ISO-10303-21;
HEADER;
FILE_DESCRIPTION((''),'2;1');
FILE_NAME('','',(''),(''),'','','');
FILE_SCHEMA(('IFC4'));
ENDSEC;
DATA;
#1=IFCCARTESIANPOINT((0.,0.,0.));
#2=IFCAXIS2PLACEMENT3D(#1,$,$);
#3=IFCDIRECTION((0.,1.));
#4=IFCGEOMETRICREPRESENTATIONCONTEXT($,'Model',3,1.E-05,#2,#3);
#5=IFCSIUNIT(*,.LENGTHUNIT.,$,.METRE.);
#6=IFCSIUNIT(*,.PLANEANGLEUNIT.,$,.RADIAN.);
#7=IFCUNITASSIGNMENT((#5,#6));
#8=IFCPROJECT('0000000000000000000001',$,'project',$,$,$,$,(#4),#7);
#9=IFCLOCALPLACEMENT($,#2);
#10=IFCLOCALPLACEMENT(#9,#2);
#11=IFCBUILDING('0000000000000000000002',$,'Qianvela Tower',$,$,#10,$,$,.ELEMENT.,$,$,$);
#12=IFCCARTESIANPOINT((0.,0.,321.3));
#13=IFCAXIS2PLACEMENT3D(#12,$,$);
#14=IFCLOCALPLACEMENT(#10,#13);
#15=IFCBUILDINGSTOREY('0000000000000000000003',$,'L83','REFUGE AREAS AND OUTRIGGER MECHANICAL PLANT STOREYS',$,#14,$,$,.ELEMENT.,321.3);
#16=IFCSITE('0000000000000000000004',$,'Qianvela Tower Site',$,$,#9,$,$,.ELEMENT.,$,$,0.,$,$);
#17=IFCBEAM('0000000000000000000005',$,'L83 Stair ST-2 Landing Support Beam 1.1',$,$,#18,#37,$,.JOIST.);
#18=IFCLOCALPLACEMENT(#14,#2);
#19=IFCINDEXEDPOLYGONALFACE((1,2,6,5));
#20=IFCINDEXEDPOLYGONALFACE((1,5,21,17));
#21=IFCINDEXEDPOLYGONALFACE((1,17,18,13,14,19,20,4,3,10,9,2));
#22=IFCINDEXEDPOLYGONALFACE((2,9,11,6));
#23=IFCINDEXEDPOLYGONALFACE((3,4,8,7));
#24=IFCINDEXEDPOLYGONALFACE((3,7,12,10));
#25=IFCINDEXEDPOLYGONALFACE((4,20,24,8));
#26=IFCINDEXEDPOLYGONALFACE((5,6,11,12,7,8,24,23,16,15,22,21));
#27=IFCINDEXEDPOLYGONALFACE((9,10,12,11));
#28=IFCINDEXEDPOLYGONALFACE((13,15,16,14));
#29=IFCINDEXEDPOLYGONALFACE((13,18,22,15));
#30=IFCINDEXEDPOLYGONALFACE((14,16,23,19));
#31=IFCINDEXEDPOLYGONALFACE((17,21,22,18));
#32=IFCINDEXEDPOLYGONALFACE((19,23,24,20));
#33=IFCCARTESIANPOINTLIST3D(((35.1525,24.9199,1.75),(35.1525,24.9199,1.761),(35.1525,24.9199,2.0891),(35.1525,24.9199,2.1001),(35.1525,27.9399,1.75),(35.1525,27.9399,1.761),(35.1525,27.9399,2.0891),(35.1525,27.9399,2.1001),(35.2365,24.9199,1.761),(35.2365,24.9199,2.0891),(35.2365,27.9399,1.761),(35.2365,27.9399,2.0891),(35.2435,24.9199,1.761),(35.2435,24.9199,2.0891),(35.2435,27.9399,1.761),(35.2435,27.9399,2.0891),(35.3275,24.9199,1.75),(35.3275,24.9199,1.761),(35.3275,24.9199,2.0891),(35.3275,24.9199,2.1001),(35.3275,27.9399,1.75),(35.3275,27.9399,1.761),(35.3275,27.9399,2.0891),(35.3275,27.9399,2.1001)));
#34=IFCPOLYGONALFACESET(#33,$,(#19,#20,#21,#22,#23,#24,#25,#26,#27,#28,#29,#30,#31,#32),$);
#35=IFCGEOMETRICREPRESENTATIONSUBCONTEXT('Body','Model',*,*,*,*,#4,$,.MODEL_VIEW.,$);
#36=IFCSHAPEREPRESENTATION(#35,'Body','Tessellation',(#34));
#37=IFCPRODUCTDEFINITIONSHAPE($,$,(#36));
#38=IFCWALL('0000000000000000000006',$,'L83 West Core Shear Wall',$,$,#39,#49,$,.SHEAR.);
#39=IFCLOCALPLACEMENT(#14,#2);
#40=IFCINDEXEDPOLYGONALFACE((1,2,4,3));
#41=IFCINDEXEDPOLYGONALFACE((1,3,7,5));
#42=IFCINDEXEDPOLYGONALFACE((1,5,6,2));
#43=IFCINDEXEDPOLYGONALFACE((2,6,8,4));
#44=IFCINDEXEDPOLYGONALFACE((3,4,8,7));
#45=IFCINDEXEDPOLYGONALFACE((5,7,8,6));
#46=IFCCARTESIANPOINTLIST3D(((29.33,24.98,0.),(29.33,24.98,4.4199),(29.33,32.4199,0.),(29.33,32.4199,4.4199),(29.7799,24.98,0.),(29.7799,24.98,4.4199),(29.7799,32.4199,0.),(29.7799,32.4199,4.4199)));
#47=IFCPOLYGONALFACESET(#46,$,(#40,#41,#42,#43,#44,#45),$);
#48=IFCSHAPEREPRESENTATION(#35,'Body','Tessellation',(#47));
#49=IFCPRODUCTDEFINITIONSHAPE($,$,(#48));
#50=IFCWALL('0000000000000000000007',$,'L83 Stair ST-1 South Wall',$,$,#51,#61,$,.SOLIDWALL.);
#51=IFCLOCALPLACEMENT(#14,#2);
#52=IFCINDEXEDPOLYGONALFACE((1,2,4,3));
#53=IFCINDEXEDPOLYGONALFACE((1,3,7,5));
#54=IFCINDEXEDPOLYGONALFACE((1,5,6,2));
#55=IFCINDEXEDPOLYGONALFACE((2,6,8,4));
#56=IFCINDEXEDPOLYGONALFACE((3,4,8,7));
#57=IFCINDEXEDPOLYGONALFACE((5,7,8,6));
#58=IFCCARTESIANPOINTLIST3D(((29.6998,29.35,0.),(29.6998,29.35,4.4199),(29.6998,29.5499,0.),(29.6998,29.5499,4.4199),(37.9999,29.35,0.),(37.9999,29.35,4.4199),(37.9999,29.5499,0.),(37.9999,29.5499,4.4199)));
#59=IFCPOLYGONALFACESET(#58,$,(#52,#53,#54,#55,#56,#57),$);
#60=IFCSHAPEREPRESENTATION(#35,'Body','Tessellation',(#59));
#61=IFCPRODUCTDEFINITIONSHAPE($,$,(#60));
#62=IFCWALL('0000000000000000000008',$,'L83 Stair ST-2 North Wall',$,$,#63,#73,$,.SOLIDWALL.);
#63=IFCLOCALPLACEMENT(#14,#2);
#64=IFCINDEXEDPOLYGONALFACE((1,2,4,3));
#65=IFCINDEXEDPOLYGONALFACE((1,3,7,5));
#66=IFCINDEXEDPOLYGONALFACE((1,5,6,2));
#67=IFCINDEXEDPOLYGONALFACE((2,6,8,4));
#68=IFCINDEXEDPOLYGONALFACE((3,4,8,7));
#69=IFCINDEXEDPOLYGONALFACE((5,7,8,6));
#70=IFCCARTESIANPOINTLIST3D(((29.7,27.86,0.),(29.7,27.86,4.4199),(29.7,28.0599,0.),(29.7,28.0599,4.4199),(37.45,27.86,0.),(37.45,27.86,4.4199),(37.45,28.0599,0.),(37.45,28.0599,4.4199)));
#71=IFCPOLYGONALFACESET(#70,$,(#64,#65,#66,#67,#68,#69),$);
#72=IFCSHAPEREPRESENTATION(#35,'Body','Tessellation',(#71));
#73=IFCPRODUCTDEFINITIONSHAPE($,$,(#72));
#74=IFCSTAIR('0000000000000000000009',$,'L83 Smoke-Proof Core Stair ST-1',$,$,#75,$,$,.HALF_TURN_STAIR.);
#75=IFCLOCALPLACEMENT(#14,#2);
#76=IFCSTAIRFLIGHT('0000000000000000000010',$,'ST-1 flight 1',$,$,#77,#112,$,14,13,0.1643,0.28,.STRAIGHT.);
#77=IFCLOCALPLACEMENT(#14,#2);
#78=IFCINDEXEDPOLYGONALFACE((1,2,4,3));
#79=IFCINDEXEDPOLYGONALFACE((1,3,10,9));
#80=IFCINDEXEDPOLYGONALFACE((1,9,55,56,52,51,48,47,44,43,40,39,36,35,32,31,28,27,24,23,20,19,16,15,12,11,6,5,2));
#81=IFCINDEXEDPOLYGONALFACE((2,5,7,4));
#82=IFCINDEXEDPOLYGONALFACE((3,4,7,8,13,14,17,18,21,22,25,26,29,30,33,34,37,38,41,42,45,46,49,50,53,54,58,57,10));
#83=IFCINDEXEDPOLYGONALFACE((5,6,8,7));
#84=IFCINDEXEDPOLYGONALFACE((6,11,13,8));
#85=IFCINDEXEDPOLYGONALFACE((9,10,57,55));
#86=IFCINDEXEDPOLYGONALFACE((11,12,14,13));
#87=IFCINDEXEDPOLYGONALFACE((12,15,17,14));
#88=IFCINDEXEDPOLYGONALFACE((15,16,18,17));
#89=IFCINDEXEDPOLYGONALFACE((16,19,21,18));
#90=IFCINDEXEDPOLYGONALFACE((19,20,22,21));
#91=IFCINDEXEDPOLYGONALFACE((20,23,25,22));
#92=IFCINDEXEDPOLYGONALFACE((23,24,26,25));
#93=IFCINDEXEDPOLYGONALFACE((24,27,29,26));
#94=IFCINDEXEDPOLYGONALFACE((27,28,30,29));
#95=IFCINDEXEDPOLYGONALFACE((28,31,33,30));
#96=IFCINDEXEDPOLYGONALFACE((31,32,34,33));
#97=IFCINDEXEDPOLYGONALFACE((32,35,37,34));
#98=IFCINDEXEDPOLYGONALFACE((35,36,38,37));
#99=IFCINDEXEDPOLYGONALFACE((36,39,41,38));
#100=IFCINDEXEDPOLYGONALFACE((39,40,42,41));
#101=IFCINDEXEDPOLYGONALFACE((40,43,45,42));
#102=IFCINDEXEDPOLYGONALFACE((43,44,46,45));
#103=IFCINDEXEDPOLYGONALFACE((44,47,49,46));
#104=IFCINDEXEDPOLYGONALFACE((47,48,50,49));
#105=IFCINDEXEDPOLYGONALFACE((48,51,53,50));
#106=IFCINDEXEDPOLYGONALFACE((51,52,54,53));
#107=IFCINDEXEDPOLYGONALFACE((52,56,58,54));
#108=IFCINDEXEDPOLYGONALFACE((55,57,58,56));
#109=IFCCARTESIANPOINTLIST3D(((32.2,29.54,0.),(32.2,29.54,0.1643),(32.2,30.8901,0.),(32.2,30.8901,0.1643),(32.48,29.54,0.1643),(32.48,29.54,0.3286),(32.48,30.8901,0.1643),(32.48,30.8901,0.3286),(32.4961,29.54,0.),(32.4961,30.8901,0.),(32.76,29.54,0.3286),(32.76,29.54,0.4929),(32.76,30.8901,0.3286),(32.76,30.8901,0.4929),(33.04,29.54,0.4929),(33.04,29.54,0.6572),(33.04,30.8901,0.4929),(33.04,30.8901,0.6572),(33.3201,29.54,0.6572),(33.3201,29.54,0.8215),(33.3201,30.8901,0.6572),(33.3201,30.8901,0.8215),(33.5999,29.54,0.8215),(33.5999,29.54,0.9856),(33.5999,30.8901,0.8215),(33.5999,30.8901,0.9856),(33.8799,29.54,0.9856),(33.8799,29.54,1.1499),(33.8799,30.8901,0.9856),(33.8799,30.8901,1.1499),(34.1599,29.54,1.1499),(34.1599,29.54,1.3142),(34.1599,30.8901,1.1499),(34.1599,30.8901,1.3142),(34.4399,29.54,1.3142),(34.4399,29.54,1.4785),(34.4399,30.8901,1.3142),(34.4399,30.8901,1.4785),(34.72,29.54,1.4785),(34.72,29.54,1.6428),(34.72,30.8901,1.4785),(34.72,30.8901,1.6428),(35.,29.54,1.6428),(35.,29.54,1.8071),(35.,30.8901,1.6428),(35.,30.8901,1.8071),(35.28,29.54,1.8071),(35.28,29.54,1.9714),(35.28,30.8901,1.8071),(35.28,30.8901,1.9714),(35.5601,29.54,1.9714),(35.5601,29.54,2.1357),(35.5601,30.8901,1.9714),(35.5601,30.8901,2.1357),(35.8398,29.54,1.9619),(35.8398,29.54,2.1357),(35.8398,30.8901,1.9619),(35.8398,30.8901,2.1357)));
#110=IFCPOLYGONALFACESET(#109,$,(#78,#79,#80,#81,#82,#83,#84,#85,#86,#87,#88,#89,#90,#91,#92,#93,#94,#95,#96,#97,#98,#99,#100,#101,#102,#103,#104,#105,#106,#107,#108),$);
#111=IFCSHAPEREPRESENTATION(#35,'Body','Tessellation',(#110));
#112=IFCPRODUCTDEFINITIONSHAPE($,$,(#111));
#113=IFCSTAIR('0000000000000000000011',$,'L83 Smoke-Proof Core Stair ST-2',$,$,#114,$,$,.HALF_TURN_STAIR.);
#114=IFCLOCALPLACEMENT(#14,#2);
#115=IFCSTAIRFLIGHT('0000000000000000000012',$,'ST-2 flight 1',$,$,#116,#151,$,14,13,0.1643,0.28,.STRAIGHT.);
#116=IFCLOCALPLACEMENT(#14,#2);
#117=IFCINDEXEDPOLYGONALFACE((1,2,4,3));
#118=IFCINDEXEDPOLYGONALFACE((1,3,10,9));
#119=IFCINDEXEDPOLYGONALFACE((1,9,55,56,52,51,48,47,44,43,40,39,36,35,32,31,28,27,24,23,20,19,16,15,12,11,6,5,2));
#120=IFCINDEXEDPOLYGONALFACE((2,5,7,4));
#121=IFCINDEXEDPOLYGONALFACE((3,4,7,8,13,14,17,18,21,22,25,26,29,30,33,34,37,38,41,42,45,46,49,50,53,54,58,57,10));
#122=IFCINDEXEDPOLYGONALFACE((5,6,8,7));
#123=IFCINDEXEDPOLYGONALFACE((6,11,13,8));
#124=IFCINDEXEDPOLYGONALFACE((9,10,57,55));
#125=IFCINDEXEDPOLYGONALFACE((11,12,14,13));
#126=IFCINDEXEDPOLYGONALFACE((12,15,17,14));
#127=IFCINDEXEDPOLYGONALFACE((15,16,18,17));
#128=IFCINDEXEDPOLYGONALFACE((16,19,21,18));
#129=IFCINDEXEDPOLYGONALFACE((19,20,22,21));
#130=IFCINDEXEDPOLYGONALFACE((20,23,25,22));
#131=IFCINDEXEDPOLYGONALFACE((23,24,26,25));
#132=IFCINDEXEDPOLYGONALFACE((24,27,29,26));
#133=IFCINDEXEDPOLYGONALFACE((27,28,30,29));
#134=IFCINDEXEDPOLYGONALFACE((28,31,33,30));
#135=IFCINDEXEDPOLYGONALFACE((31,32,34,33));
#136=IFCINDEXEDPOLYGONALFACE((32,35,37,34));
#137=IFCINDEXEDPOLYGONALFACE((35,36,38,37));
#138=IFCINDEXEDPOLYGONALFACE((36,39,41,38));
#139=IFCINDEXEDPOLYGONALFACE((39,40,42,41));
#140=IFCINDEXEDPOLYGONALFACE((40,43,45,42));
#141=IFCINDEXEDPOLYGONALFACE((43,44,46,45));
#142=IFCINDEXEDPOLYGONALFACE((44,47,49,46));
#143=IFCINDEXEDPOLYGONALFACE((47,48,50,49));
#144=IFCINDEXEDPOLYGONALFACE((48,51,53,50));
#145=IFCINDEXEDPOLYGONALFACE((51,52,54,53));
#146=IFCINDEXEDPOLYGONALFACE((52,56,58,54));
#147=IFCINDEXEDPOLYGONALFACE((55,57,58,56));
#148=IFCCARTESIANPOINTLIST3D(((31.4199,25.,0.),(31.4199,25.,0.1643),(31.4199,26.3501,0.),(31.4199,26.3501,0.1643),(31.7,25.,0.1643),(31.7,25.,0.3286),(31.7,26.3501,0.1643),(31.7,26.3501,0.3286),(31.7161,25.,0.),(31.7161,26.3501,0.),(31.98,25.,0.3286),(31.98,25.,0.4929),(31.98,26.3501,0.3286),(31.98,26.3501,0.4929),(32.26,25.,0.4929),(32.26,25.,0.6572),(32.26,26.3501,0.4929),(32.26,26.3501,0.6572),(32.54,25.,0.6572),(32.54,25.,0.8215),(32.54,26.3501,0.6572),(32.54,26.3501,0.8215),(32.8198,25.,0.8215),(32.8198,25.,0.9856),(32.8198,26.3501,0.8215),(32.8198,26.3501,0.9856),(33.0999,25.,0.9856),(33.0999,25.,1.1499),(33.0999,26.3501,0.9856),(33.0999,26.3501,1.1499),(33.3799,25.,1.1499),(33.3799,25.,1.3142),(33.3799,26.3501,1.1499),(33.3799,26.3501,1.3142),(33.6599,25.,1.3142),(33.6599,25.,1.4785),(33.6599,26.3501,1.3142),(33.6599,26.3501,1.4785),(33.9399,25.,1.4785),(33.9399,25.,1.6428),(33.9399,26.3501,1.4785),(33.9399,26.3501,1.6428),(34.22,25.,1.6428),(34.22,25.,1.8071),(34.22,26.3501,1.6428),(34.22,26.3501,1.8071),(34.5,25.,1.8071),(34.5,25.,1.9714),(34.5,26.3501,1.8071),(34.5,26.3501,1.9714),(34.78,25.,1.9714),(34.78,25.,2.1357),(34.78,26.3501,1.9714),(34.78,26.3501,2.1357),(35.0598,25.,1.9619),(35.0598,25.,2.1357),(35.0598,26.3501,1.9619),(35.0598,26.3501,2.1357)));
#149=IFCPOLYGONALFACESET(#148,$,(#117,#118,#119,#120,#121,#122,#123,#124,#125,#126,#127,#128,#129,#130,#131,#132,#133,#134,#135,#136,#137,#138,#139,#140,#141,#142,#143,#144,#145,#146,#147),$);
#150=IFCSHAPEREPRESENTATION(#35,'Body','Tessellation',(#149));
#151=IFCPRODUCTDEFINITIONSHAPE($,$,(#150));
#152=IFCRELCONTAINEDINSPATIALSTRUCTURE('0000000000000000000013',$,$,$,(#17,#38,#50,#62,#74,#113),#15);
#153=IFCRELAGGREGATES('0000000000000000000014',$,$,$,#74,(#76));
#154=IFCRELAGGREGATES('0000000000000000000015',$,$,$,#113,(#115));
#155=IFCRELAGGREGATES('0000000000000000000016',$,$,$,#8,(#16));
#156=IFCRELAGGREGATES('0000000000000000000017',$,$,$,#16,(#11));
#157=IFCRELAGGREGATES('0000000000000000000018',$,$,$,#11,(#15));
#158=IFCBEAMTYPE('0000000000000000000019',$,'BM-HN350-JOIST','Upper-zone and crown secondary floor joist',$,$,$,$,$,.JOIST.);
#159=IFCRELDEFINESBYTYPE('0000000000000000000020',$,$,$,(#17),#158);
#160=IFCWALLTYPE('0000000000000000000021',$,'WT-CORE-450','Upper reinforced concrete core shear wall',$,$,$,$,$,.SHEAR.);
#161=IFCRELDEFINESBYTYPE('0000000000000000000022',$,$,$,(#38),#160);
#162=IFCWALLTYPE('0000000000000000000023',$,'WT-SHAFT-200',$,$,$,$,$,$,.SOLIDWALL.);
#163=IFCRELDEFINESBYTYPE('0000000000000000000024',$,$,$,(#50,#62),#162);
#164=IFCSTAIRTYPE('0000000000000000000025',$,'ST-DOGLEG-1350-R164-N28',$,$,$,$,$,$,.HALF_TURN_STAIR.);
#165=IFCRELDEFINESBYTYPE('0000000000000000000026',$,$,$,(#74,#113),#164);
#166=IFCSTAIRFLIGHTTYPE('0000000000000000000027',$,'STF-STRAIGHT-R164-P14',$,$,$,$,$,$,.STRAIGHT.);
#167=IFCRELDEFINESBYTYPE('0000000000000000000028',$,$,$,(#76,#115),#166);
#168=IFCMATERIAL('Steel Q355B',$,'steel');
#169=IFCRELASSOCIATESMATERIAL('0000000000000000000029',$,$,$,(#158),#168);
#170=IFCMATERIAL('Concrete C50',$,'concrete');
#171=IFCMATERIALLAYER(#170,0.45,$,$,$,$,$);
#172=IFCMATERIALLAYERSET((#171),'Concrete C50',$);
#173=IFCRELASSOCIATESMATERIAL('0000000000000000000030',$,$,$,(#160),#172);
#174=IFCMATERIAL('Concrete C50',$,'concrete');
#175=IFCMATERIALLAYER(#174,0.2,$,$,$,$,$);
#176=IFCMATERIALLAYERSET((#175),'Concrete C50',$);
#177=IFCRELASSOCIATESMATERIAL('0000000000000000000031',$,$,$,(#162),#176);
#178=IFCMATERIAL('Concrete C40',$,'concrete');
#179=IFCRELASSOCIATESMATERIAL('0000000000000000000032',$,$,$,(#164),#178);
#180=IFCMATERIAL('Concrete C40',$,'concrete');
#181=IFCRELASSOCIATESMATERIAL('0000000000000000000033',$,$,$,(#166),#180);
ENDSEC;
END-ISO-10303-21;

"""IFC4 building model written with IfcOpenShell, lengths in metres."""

from ifc_helpers import new_model, si_unit, direction, frame, frame_2d, origin, origin_2d, place, context, subcontext, project, spatial, polyline, rectangle, i_section, outline, extrude, material, layer, layer_set, material_profile, profile_set, type_object, element, aggregate, save


model = new_model("IFC4")

# Units and contexts
model_context = context("Model", 3, precision=1e-05, world=origin(), true_north=direction((0.0, 1.0)))
body_context = subcontext(model_context, "Body", "Model", "MODEL_VIEW")
ifc_project = project(units=[si_unit("LENGTHUNIT", "METRE"), si_unit("PLANEANGLEUNIT", "RADIAN")], contexts=[model_context])

# Site, building, storey
site_placement = place(None, origin())
site = spatial("IfcSite", under=ifc_project, at=site_placement, Name="Qianvela Tower Site", CompositionType="ELEMENT", RefElevation=0.0)
building_placement = place(site_placement, origin())
building = spatial("IfcBuilding", under=site, at=building_placement, Name="Qianvela Tower", CompositionType="ELEMENT")
storey_placement = place(building_placement, frame((0.0, 0.0, 321.3)))
storey = spatial("IfcBuildingStorey", under=building, at=storey_placement, Name="L83", Description="REFUGE AREAS AND OUTRIGGER MECHANICAL PLANT STOREYS", CompositionType="ELEMENT", Elevation=321.3)

# Beam
ifc_material_1 = material(Name="Steel Q355B", Category="steel")
ifc_material_profile = material_profile(ifc_material_1, i_section(OverallWidth=0.175, OverallDepth=0.3501, WebThickness=0.0071, FlangeThickness=0.011, at=origin_2d()), Name="HN350x175x7x11")
ifc_profile_set = profile_set([ifc_material_profile], Name="Steel Q355B")
beam_type = type_object("IfcBeamType", Name="BM-HN350-JOIST", Description="Upper-zone and crown secondary floor joist", PredefinedType="JOIST", material=ifc_profile_set)
beam_placement = place(storey_placement, frame((35.24, 24.9199, 1.925), z_axis=(0.0, 1.0, 0.0), x_axis=(-1.0, 0.0, 0.0)))
element("IfcBeam", 1, at=beam_placement, inside=storey, type_object=beam_type, Name="L83 Stair ST-2 Landing Support Beam 1.1", PredefinedType="JOIST", context=body_context, shape_type="SweptSolid", body=[
    extrude(i_section(OverallWidth=0.175, OverallDepth=0.3501, WebThickness=0.0071, FlangeThickness=0.011, at=origin_2d()), origin(), (0.0, 0.0, 1.0), 3.02),
])

# Shared definitions
ifc_material_2 = material(Name="Concrete C50", Category="concrete")
ifc_layer_1 = layer(ifc_material_2, 0.45)
ifc_layer_set_1 = layer_set([ifc_layer_1], Name="Concrete C50")
wall_type_1 = type_object("IfcWallType", Name="WT-CORE-450", Description="Upper reinforced concrete core shear wall", PredefinedType="SHEAR", material=ifc_layer_set_1)

# Walls
wall_1_placement = place(storey_placement, frame((29.5549, 24.98, 0.0), z_axis=(0.0, 0.0, 1.0), x_axis=(0.0, 1.0, 0.0)))
element("IfcWall", 2, at=wall_1_placement, inside=storey, type_object=wall_type_1, Name="L83 West Core Shear Wall", PredefinedType="SHEAR", context=body_context, shape_type="SweptSolid", body=[
    extrude(rectangle(XDim=7.4399, YDim=0.45, at=frame_2d((3.72, 0.0))), origin(), (0.0, 0.0, 1.0), 4.4199),
])
ifc_material_3 = material(Name="Concrete C50", Category="concrete")
ifc_layer_2 = layer(ifc_material_3, 0.2)
ifc_layer_set_2 = layer_set([ifc_layer_2], Name="Concrete C50")
wall_type_2 = type_object("IfcWallType", Name="WT-SHAFT-200", PredefinedType="SOLIDWALL", material=ifc_layer_set_2)
wall_2_placement = place(storey_placement, frame((29.7, 29.45, 0.0), z_axis=(0.0, 0.0, 1.0), x_axis=(1.0, 0.0, 0.0)))
element("IfcWall", 3, at=wall_2_placement, inside=storey, type_object=wall_type_2, Name="L83 Stair ST-1 South Wall", PredefinedType="SOLIDWALL", context=body_context, shape_type="SweptSolid", body=[
    extrude(rectangle(XDim=8.3, YDim=0.2, at=frame_2d((4.1499, 0.0))), origin(), (0.0, 0.0, 1.0), 4.4199),
])
wall_3_placement = place(storey_placement, frame((29.7, 27.96, 0.0), z_axis=(0.0, 0.0, 1.0), x_axis=(1.0, 0.0, 0.0)))
element("IfcWall", 4, at=wall_3_placement, inside=storey, type_object=wall_type_2, Name="L83 Stair ST-2 North Wall", PredefinedType="SOLIDWALL", context=body_context, shape_type="SweptSolid", body=[
    extrude(rectangle(XDim=7.75, YDim=0.2, at=frame_2d((3.875, 0.0))), origin(), (0.0, 0.0, 1.0), 4.4199),
])

# Stair, stair flight
ifc_material_4 = material(Name="Concrete C40", Category="concrete")
stair_type = type_object("IfcStairType", Name="ST-DOGLEG-1350-R164-N28", PredefinedType="HALF_TURN_STAIR", material=ifc_material_4)
stair_1_placement = place(storey_placement, origin())
stair_1 = element("IfcStair", 5, at=stair_1_placement, inside=storey, type_object=stair_type, Name="L83 Smoke-Proof Core Stair ST-1", PredefinedType="HALF_TURN_STAIR")
ifc_material_5 = material(Name="Concrete C40", Category="concrete")
stair_flight_type = type_object("IfcStairFlightType", Name="STF-STRAIGHT-R164-P14", PredefinedType="STRAIGHT", material=ifc_material_5)
stair_flight_1_placement = place(storey_placement, frame((32.2, 30.2151, 0.0), z_axis=(0.0, 0.0, 1.0), x_axis=(1.0, 0.0, 0.0)))
stair_flight_1 = element("IfcStairFlight", 6, at=stair_flight_1_placement, type_object=stair_flight_type, Name="ST-1 flight 1", NumberOfRisers=14, NumberOfTreads=13, PredefinedType="STRAIGHT", RiserHeight=0.1643, TreadLength=0.28, context=body_context, shape_type="SweptSolid", body=[
    extrude(outline(polyline([(0.0, 0.0), (0.0, 0.1643), (0.28, 0.1643), (0.28, 0.3286), (0.5601, 0.3286), (0.5601, 0.4929), (0.8401, 0.4929), (0.8401, 0.6572), (1.1201, 0.6572), (1.1201, 0.8215), (1.3999, 0.8215), (1.3999, 0.9856), (1.6799, 0.9856), (1.6799, 1.1499), (1.96, 1.1499), (1.96, 1.3142), (2.24, 1.3142), (2.24, 1.4785), (2.52, 1.4785), (2.52, 1.6428), (2.8, 1.6428), (2.8, 1.8071), (3.0801, 1.8071), (3.0801, 1.9714), (3.3601, 1.9714), (3.3601, 2.1357), (3.6399, 2.1357), (3.6399, 2.3), (3.6399, 1.9619), (0.2961, 0.0), (0.0, 0.0)])), frame((0.0, 0.675, 0.0), z_axis=(0.0, -1.0, 0.0), x_axis=(1.0, 0.0, 0.0)), (0.0, 0.0, 1.0), 1.3501),
])
aggregate(stair_1, [stair_flight_1])

# Stair, stair flight
stair_2_placement = place(storey_placement, origin())
stair_2 = element("IfcStair", 7, at=stair_2_placement, inside=storey, type_object=stair_type, Name="L83 Smoke-Proof Core Stair ST-2", PredefinedType="HALF_TURN_STAIR")
stair_flight_2_placement = place(storey_placement, frame((31.4199, 25.675, 0.0), z_axis=(0.0, 0.0, 1.0), x_axis=(1.0, 0.0, 0.0)))
stair_flight_2 = element("IfcStairFlight", 8, at=stair_flight_2_placement, type_object=stair_flight_type, Name="ST-2 flight 1", NumberOfRisers=14, NumberOfTreads=13, PredefinedType="STRAIGHT", RiserHeight=0.1643, TreadLength=0.28, context=body_context, shape_type="SweptSolid", body=[
    extrude(outline(polyline([(0.0, 0.0), (0.0, 0.1643), (0.28, 0.1643), (0.28, 0.3286), (0.5601, 0.3286), (0.5601, 0.4929), (0.8401, 0.4929), (0.8401, 0.6572), (1.1201, 0.6572), (1.1201, 0.8215), (1.3999, 0.8215), (1.3999, 0.9856), (1.6799, 0.9856), (1.6799, 1.1499), (1.96, 1.1499), (1.96, 1.3142), (2.24, 1.3142), (2.24, 1.4785), (2.52, 1.4785), (2.52, 1.6428), (2.8, 1.6428), (2.8, 1.8071), (3.0801, 1.8071), (3.0801, 1.9714), (3.3601, 1.9714), (3.3601, 2.1357), (3.6399, 2.1357), (3.6399, 2.3), (3.6399, 1.9619), (0.2961, 0.0), (0.0, 0.0)])), frame((0.0, 0.675, 0.0), z_axis=(0.0, -1.0, 0.0), x_axis=(1.0, 0.0, 0.0)), (0.0, 0.0, 1.0), 1.3501),
])
aggregate(stair_2, [stair_flight_2])

save(model, "model.ifc")
